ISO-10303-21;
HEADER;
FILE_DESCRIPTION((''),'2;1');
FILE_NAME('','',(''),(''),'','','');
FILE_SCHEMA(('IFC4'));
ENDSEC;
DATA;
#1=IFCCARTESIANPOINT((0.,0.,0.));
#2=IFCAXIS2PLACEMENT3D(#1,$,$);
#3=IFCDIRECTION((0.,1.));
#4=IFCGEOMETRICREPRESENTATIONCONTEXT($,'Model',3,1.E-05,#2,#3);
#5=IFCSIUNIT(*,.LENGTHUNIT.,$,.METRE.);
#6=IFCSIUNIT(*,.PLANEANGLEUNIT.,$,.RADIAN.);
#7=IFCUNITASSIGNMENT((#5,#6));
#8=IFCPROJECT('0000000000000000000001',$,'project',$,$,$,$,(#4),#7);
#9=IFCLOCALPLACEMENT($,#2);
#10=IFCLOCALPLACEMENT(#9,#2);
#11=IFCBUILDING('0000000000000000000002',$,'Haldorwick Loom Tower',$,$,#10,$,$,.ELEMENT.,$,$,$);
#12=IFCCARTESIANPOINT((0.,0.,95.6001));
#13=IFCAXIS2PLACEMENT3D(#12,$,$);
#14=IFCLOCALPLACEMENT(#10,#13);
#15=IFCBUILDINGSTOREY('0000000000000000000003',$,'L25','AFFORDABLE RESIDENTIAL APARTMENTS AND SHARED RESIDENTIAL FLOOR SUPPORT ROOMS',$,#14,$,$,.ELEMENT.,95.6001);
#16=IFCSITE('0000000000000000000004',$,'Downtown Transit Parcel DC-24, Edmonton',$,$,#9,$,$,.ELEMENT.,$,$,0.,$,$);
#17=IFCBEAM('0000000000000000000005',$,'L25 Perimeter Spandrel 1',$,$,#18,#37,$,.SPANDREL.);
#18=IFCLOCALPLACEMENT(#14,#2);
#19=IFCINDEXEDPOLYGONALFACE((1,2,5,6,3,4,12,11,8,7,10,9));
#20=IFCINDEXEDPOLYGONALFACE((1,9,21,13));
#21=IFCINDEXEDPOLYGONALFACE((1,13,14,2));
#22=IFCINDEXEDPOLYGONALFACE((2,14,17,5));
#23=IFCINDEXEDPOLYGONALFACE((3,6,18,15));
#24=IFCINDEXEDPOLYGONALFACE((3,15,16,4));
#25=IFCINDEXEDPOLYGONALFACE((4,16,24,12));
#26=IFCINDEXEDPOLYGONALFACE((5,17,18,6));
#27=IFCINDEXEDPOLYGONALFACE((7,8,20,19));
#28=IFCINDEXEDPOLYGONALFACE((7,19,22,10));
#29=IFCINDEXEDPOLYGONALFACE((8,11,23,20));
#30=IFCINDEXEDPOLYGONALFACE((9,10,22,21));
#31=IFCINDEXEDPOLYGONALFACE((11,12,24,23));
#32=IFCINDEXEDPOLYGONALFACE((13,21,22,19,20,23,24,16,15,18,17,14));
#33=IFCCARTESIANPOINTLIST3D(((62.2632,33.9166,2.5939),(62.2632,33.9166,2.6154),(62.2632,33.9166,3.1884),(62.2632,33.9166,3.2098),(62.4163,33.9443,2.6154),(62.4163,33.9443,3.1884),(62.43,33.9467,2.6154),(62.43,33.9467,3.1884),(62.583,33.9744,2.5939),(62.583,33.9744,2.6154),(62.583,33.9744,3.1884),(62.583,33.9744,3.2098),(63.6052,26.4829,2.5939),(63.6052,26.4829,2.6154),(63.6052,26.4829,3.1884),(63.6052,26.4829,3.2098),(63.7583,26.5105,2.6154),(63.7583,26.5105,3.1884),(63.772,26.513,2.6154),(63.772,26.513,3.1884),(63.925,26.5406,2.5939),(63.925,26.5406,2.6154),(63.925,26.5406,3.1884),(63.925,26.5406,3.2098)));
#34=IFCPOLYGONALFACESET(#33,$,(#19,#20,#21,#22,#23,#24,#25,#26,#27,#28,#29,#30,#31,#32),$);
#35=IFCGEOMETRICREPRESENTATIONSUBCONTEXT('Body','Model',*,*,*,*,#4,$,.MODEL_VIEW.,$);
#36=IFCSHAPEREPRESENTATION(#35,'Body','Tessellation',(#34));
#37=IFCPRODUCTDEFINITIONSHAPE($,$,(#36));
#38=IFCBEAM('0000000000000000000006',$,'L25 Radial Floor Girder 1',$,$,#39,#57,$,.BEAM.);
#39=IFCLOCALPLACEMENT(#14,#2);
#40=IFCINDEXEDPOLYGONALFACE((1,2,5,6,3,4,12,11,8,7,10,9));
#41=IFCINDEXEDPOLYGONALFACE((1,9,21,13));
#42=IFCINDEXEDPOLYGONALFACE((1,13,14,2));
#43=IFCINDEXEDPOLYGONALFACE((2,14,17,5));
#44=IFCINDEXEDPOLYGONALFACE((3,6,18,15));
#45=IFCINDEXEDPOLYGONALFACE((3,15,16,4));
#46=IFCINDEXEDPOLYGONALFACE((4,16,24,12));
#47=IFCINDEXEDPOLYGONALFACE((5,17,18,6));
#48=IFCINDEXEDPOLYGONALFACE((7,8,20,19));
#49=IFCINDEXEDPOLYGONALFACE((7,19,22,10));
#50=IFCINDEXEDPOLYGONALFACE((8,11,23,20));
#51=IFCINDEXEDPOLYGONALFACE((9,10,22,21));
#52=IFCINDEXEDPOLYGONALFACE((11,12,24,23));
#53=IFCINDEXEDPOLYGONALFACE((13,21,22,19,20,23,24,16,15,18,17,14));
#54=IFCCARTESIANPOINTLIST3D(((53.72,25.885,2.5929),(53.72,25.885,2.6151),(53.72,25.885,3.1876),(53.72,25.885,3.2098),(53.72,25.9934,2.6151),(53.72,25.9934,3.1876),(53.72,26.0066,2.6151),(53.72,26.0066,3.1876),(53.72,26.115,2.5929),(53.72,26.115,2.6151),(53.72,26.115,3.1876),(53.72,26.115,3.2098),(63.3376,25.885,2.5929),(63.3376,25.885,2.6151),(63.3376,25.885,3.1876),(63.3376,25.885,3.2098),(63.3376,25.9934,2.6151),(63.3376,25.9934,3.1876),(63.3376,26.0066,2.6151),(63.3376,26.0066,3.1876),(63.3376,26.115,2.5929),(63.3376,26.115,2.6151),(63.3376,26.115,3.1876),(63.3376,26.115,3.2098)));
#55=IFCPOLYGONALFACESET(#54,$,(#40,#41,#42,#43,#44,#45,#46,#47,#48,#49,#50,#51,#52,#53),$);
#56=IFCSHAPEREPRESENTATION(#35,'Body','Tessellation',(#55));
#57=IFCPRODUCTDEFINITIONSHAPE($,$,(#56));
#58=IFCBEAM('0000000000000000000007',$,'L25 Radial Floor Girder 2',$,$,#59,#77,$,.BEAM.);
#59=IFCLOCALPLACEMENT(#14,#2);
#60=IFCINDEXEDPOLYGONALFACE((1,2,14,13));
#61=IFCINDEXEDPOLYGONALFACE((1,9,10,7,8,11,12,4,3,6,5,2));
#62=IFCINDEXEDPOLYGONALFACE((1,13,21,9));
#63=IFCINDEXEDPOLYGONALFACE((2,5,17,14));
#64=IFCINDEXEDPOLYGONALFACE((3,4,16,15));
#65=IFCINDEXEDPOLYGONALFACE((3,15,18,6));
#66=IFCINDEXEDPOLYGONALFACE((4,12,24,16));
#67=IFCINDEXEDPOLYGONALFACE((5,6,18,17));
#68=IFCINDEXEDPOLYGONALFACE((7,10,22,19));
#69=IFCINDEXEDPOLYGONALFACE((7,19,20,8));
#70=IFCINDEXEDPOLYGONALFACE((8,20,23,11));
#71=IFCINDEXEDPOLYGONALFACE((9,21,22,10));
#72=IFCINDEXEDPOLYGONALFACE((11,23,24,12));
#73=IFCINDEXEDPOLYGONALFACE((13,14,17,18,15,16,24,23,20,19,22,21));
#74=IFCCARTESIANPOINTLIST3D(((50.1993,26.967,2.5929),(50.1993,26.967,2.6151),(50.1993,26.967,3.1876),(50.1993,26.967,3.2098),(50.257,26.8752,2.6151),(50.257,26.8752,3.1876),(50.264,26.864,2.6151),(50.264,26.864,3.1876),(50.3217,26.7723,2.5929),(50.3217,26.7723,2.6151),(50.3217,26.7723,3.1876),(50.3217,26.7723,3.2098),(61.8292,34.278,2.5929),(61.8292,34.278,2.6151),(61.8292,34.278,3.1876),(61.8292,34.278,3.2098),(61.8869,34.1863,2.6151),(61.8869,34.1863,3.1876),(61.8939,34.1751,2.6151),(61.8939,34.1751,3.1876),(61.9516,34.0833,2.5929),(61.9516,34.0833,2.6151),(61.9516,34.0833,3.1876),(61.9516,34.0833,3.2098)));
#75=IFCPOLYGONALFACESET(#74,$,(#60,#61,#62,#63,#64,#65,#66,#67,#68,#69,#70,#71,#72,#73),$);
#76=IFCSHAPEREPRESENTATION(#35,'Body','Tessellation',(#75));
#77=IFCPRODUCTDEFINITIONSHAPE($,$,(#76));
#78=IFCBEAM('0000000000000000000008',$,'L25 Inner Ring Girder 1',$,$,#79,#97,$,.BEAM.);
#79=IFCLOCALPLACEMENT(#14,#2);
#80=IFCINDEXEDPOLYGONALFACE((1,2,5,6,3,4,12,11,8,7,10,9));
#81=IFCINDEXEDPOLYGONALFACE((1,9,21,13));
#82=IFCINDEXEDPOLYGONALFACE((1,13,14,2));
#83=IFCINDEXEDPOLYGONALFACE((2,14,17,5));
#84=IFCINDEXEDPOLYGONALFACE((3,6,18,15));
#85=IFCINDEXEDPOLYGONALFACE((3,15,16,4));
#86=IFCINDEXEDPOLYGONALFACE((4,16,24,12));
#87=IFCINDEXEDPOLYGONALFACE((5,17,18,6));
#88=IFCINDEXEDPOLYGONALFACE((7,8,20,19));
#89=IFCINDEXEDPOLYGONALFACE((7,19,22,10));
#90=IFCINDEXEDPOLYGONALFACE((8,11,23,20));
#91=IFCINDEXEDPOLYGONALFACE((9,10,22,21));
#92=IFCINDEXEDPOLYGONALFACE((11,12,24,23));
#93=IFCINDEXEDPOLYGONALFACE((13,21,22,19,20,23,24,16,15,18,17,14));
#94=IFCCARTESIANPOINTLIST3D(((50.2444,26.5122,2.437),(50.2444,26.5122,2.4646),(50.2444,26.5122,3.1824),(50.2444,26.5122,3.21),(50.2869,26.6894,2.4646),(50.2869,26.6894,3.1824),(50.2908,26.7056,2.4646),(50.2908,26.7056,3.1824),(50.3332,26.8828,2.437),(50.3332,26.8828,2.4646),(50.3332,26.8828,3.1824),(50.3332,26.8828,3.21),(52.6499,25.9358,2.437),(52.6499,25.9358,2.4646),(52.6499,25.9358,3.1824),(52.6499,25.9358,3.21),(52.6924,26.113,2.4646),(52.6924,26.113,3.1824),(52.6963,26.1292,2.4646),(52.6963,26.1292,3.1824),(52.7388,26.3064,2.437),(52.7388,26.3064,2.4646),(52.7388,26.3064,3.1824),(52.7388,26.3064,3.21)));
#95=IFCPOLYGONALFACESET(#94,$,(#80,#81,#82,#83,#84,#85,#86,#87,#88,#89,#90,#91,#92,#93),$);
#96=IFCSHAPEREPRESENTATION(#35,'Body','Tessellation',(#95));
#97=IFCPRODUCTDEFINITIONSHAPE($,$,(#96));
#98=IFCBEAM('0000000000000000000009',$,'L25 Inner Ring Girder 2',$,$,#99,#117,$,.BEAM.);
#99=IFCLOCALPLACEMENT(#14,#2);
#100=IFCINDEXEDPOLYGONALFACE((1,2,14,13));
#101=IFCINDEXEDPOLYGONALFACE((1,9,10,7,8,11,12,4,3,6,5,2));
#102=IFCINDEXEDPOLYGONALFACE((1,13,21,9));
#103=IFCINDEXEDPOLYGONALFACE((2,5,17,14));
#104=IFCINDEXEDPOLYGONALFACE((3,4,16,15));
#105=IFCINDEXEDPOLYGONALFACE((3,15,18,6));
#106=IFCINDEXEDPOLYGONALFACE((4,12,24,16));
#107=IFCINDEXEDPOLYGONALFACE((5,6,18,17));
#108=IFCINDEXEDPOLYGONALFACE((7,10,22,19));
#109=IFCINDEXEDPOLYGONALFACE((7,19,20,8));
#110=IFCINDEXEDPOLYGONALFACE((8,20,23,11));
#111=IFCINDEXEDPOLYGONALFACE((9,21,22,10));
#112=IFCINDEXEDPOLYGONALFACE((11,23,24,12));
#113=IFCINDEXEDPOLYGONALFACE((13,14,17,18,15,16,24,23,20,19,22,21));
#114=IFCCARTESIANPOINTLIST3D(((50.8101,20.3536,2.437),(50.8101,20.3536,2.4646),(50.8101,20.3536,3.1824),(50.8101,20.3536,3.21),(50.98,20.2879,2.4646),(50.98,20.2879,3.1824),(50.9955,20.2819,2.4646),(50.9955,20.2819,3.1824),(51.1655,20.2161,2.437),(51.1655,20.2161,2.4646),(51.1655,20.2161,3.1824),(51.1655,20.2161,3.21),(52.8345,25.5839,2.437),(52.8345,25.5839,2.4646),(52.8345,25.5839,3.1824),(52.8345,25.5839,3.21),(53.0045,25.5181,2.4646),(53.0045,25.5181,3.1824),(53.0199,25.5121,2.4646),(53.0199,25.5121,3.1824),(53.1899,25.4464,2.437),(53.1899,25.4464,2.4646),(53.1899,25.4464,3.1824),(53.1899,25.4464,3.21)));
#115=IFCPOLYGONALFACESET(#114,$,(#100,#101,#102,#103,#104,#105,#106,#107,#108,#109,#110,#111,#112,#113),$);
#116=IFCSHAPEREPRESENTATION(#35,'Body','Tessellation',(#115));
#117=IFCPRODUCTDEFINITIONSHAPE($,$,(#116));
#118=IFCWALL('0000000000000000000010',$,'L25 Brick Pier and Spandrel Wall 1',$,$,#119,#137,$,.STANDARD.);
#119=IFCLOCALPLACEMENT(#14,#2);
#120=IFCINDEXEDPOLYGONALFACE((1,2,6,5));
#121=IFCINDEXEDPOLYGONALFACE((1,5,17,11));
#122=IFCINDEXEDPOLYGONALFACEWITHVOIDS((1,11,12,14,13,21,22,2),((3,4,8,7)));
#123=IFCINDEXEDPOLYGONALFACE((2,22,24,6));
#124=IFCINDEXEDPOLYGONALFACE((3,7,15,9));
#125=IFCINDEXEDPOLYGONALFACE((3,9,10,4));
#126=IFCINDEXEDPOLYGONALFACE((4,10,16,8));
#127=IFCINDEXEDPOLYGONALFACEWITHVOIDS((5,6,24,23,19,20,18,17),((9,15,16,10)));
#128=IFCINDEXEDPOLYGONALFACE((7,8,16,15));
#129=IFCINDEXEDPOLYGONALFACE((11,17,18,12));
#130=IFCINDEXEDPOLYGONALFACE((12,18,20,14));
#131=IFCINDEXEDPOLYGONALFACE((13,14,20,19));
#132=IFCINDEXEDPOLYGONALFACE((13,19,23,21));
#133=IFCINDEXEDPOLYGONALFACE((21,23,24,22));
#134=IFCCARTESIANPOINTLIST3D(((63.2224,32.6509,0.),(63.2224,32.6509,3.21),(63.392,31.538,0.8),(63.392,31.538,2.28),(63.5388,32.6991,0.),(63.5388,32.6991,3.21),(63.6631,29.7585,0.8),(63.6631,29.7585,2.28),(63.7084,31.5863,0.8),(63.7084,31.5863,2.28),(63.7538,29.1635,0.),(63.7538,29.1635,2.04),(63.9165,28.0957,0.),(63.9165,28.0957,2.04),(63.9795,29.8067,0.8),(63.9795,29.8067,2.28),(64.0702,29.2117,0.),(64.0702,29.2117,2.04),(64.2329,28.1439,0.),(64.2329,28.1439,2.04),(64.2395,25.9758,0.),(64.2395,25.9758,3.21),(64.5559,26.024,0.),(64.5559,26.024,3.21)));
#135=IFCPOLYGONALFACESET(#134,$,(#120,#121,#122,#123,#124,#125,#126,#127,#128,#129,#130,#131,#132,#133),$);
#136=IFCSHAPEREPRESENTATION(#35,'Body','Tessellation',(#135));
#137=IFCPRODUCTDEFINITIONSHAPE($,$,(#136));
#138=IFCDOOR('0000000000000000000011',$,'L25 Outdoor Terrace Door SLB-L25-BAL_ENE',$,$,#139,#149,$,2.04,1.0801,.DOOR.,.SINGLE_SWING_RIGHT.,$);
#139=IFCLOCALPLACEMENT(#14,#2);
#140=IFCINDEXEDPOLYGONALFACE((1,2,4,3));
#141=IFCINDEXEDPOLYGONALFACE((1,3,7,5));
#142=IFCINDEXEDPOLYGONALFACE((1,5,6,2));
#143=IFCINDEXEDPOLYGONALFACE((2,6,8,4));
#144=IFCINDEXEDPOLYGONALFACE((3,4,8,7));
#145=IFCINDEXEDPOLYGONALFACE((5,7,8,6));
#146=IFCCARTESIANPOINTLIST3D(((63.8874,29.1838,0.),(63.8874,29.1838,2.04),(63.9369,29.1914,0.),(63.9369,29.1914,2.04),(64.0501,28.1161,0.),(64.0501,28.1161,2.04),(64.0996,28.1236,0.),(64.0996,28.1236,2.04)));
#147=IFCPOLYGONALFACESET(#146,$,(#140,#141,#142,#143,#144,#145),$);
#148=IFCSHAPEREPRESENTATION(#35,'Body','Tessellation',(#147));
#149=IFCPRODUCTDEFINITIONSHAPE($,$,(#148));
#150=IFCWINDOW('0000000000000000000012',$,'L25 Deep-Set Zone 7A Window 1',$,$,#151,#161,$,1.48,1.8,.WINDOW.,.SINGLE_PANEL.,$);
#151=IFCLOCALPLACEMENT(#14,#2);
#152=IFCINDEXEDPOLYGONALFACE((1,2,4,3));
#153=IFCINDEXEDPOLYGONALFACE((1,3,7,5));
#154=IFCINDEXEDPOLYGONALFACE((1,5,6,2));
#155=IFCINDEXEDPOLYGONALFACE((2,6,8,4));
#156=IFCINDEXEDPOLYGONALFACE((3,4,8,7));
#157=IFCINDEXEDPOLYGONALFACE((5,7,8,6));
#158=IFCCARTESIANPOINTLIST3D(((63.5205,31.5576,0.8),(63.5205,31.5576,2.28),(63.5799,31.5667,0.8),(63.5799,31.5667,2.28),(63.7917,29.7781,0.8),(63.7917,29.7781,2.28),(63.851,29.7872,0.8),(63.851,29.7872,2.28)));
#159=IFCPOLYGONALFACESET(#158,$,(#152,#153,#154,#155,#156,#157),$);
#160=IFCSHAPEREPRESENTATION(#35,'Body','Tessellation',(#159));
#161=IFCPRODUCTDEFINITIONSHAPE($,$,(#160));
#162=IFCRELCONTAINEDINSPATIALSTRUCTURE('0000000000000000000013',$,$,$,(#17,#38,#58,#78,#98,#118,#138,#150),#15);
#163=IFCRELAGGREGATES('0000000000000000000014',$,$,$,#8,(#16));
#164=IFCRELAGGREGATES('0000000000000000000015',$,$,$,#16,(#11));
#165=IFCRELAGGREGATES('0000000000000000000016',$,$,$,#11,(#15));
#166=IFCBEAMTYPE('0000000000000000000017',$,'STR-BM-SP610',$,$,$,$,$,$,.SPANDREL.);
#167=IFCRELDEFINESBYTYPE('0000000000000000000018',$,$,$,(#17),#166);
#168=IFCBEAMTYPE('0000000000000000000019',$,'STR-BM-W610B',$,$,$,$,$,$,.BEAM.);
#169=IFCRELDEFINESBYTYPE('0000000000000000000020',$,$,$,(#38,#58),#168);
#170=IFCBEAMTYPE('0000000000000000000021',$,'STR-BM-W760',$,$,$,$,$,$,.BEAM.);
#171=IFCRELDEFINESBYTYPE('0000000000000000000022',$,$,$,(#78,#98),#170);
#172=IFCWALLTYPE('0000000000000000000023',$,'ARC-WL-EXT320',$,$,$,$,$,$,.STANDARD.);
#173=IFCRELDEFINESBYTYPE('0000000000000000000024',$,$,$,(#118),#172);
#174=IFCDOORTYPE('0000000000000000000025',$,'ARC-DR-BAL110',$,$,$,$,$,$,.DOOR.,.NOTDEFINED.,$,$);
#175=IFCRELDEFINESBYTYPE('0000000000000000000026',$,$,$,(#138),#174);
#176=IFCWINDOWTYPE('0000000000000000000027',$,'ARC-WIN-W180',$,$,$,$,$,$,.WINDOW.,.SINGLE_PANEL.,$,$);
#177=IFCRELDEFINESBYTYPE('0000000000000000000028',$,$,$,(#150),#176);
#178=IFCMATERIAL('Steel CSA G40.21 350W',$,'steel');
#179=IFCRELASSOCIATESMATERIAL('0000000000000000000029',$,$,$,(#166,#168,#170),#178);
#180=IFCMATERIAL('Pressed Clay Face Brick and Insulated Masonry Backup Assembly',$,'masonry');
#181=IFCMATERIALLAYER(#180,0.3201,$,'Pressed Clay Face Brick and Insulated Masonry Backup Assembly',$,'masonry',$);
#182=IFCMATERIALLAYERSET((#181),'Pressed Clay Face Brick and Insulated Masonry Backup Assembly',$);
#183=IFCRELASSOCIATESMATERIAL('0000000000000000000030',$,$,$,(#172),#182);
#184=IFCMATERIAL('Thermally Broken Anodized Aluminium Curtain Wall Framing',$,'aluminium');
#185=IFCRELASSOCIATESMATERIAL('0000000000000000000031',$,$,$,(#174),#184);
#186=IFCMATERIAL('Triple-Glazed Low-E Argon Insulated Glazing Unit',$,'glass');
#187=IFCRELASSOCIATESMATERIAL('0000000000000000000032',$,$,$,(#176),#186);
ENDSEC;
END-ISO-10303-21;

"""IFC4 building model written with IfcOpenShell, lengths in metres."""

from ifc_helpers import new_model, si_unit, direction, frame, frame_2d, origin, origin_2d, place, context, subcontext, project, spatial, rectangle, i_section, extrude, material, layer, layer_set, material_profile, profile_set, type_object, element, fill, save


model = new_model("IFC4")

# Units and contexts
model_context = context("Model", 3, precision=1e-05, world=origin(), true_north=direction((0.0, 1.0)))
body_context = subcontext(model_context, "Body", "Model", "MODEL_VIEW")
ifc_project = project(units=[si_unit("LENGTHUNIT", "METRE"), si_unit("PLANEANGLEUNIT", "RADIAN")], contexts=[model_context])

# Site, building, storey
site_placement = place(None, origin())
site = spatial("IfcSite", under=ifc_project, at=site_placement, Name="Downtown Transit Parcel DC-24, Edmonton", CompositionType="ELEMENT", RefElevation=0.0)
building_placement = place(site_placement, origin())
building = spatial("IfcBuilding", under=site, at=building_placement, Name="Haldorwick Loom Tower", CompositionType="ELEMENT")
storey_placement = place(building_placement, frame((0.0, 0.0, 95.6001)))
storey = spatial("IfcBuildingStorey", under=building, at=storey_placement, Name="L25", Description="AFFORDABLE RESIDENTIAL APARTMENTS AND SHARED RESIDENTIAL FLOOR SUPPORT ROOMS", CompositionType="ELEMENT", Elevation=95.6001)

# Beams
ifc_material_1 = material(Name="Steel CSA G40.21 350W", Category="steel")
ifc_material_profile_1 = material_profile(ifc_material_1, i_section(OverallWidth=0.325, OverallDepth=0.616, WebThickness=0.0139, FlangeThickness=0.0215, at=origin_2d()), Name="W610X174", Category="steel")
ifc_profile_set_1 = profile_set([ifc_material_profile_1], Name="Steel CSA G40.21 350W")
beam_type_1 = type_object("IfcBeamType", Name="STR-BM-SP610", PredefinedType="SPANDREL", material=ifc_profile_set_1)
beam_1_placement = place(storey_placement, frame((63.7651, 26.5117, 2.9019), z_axis=(-0.177659, 0.984092, 0.0), x_axis=(-0.984092, -0.177659, 0.0)))
element("IfcBeam", 1, at=beam_1_placement, inside=storey, type_object=beam_type_1, Name="L25 Perimeter Spandrel 1", PredefinedType="SPANDREL", context=body_context, shape_type="SweptSolid", body=[
    extrude(i_section(OverallWidth=0.325, OverallDepth=0.616, WebThickness=0.0139, FlangeThickness=0.0215, at=origin_2d()), origin(), (0.0, 0.0, 1.0), 7.554),
])
ifc_material_profile_2 = material_profile(ifc_material_1, i_section(OverallWidth=0.23, OverallDepth=0.6169, WebThickness=0.0132, FlangeThickness=0.0222, at=origin_2d()), Name="W610X140", Category="steel")
ifc_profile_set_2 = profile_set([ifc_material_profile_2], Name="Steel CSA G40.21 350W")
beam_type_2 = type_object("IfcBeamType", Name="STR-BM-W610B", PredefinedType="BEAM", material=ifc_profile_set_2)
beam_2_placement = place(storey_placement, frame((53.72, 26.0, 2.9014), z_axis=(1.0, 0.0, 0.0), x_axis=(0.0, 1.0, 0.0)))
element("IfcBeam", 2, at=beam_2_placement, inside=storey, type_object=beam_type_2, Name="L25 Radial Floor Girder 1", PredefinedType="BEAM", context=body_context, shape_type="SweptSolid", body=[
    extrude(i_section(OverallWidth=0.23, OverallDepth=0.6169, WebThickness=0.0132, FlangeThickness=0.0222, at=origin_2d()), origin(), (0.0, 0.0, 1.0), 9.6177),
])
beam_3_placement = place(storey_placement, frame((50.2605, 26.8696, 2.9014), z_axis=(0.84661, 0.532214, 0.0), x_axis=(-0.532214, 0.84661, 0.0)))
element("IfcBeam", 3, at=beam_3_placement, inside=storey, type_object=beam_type_2, Name="L25 Radial Floor Girder 2", PredefinedType="BEAM", context=body_context, shape_type="SweptSolid", body=[
    extrude(i_section(OverallWidth=0.23, OverallDepth=0.6169, WebThickness=0.0132, FlangeThickness=0.0222, at=origin_2d()), origin(), (0.0, 0.0, 1.0), 13.7371),
])
ifc_material_profile_3 = material_profile(ifc_material_1, i_section(OverallWidth=0.3811, OverallDepth=0.7729, WebThickness=0.0166, FlangeThickness=0.0276, at=origin_2d()), Name="W760X257", Category="steel")
ifc_profile_set_3 = profile_set([ifc_material_profile_3], Name="Steel CSA G40.21 350W")
beam_type_3 = type_object("IfcBeamType", Name="STR-BM-W760", PredefinedType="BEAM", material=ifc_profile_set_3)
beam_4_placement = place(storey_placement, frame((50.2888, 26.6975, 2.8235), z_axis=(0.972471, -0.233026, 0.0), x_axis=(0.233026, 0.972471, 0.0)))
element("IfcBeam", 4, at=beam_4_placement, inside=storey, type_object=beam_type_3, Name="L25 Inner Ring Girder 1", PredefinedType="BEAM", context=body_context, shape_type="SweptSolid", body=[
    extrude(i_section(OverallWidth=0.3811, OverallDepth=0.7729, WebThickness=0.0166, FlangeThickness=0.0276, at=origin_2d()), origin(), (0.0, 0.0, 1.0), 2.4736),
])
beam_5_placement = place(storey_placement, frame((53.0122, 25.5151, 2.8235), z_axis=(-0.360965, -0.932579, 0.0), x_axis=(0.932579, -0.360965, 0.0)))
element("IfcBeam", 5, at=beam_5_placement, inside=storey, type_object=beam_type_3, Name="L25 Inner Ring Girder 2", PredefinedType="BEAM", context=body_context, shape_type="SweptSolid", body=[
    extrude(i_section(OverallWidth=0.3811, OverallDepth=0.7729, WebThickness=0.0166, FlangeThickness=0.0276, at=origin_2d()), origin(), (0.0, 0.0, 1.0), 5.6084),
])

# Wall, openings, door, window
ifc_material_2 = material(Name="Pressed Clay Face Brick and Insulated Masonry Backup Assembly", Category="masonry")
ifc_layer_1 = layer(ifc_material_2, 0.3201, Name="Pressed Clay Face Brick and Insulated Masonry Backup Assembly", Category="masonry")
ifc_layer_set_1 = layer_set([ifc_layer_1], Name="Pressed Clay Face Brick and Insulated Masonry Backup Assembly")
wall_type_1 = type_object("IfcWallType", Name="ARC-WL-EXT320", PredefinedType="STANDARD", material=ifc_layer_set_1)
wall_1_placement = place(storey_placement, frame((64.3977, 26.0, 0.0), z_axis=(0.0, 0.0, 1.0), x_axis=(-0.150633, 0.98859, 0.0)))
wall_1 = element("IfcWall", 6, at=wall_1_placement, inside=storey, type_object=wall_type_1, Name="L25 Brick Pier and Spandrel Wall 1", PredefinedType="STANDARD", context=body_context, shape_type="SweptSolid", body=[
    extrude(rectangle(XDim=6.7522, YDim=0.3201, at=frame_2d((3.376, 0.0))), origin(), (0.0, 0.0, 1.0), 3.21),
])
opening_1_placement = place(wall_1_placement, frame((2.1443, 0.0, 0.0)))
opening_1 = element("IfcOpeningElement", 7, at=opening_1_placement, cuts=wall_1, PredefinedType="OPENING", context=body_context, shape_type="SweptSolid", body=[
    extrude(rectangle(XDim=1.0801, YDim=2.04, at=frame_2d((0.54, 1.02))), frame((0.0, 0.1699, 0.0), z_axis=(0.0, -1.0, 0.0), x_axis=(1.0, 0.0, 0.0)), (0.0, 0.0, 1.0), 0.3401),
])
opening_2_placement = place(wall_1_placement, frame((3.8264, 0.0, 0.8)))
opening_2 = element("IfcOpeningElement", 8, at=opening_2_placement, cuts=wall_1, PredefinedType="OPENING", context=body_context, shape_type="SweptSolid", body=[
    extrude(rectangle(XDim=1.8, YDim=1.48, at=frame_2d((0.8999, 0.74))), frame((0.0, 0.1699, 0.0), z_axis=(0.0, -1.0, 0.0), x_axis=(1.0, 0.0, 0.0)), (0.0, 0.0, 1.0), 0.3401),
])
ifc_material_3 = material(Name="Thermally Broken Anodized Aluminium Curtain Wall Framing", Category="aluminium")
door_type_1 = type_object("IfcDoorType", Name="ARC-DR-BAL110", OperationType="NOTDEFINED", PredefinedType="DOOR", material=ifc_material_3)
door_1_placement = place(opening_1_placement, origin())
door_1 = element("IfcDoor", 9, at=door_1_placement, inside=storey, type_object=door_type_1, Name="L25 Outdoor Terrace Door SLB-L25-BAL_ENE", OperationType="SINGLE_SWING_RIGHT", OverallHeight=2.04, OverallWidth=1.0801, PredefinedType="DOOR", context=body_context, shape_type="SweptSolid", body=[
    extrude(rectangle(XDim=1.0801, YDim=2.04, at=frame_2d((0.54, 1.02))), frame((0.0, 0.0249, 0.0), z_axis=(0.0, -1.0, 0.0), x_axis=(1.0, 0.0, 0.0)), (0.0, 0.0, 1.0), 0.05),
])
fill(opening_1, door_1)
ifc_material_4 = material(Name="Triple-Glazed Low-E Argon Insulated Glazing Unit", Category="glass")
window_type = type_object("IfcWindowType", Name="ARC-WIN-W180", PartitioningType="SINGLE_PANEL", PredefinedType="WINDOW", material=ifc_material_4)
window_placement = place(opening_2_placement, origin())
window = element("IfcWindow", 10, at=window_placement, inside=storey, type_object=window_type, Name="L25 Deep-Set Zone 7A Window 1", OverallHeight=1.48, OverallWidth=1.8, PartitioningType="SINGLE_PANEL", PredefinedType="WINDOW", context=body_context, shape_type="SweptSolid", body=[
    extrude(rectangle(XDim=1.8, YDim=1.48, at=frame_2d((0.8999, 0.74))), frame((0.0, 0.03, 0.0), z_axis=(0.0, -1.0, 0.0), x_axis=(1.0, 0.0, 0.0)), (0.0, 0.0, 1.0), 0.0601),
])
fill(opening_2, window)

save(model, "model.ifc")
